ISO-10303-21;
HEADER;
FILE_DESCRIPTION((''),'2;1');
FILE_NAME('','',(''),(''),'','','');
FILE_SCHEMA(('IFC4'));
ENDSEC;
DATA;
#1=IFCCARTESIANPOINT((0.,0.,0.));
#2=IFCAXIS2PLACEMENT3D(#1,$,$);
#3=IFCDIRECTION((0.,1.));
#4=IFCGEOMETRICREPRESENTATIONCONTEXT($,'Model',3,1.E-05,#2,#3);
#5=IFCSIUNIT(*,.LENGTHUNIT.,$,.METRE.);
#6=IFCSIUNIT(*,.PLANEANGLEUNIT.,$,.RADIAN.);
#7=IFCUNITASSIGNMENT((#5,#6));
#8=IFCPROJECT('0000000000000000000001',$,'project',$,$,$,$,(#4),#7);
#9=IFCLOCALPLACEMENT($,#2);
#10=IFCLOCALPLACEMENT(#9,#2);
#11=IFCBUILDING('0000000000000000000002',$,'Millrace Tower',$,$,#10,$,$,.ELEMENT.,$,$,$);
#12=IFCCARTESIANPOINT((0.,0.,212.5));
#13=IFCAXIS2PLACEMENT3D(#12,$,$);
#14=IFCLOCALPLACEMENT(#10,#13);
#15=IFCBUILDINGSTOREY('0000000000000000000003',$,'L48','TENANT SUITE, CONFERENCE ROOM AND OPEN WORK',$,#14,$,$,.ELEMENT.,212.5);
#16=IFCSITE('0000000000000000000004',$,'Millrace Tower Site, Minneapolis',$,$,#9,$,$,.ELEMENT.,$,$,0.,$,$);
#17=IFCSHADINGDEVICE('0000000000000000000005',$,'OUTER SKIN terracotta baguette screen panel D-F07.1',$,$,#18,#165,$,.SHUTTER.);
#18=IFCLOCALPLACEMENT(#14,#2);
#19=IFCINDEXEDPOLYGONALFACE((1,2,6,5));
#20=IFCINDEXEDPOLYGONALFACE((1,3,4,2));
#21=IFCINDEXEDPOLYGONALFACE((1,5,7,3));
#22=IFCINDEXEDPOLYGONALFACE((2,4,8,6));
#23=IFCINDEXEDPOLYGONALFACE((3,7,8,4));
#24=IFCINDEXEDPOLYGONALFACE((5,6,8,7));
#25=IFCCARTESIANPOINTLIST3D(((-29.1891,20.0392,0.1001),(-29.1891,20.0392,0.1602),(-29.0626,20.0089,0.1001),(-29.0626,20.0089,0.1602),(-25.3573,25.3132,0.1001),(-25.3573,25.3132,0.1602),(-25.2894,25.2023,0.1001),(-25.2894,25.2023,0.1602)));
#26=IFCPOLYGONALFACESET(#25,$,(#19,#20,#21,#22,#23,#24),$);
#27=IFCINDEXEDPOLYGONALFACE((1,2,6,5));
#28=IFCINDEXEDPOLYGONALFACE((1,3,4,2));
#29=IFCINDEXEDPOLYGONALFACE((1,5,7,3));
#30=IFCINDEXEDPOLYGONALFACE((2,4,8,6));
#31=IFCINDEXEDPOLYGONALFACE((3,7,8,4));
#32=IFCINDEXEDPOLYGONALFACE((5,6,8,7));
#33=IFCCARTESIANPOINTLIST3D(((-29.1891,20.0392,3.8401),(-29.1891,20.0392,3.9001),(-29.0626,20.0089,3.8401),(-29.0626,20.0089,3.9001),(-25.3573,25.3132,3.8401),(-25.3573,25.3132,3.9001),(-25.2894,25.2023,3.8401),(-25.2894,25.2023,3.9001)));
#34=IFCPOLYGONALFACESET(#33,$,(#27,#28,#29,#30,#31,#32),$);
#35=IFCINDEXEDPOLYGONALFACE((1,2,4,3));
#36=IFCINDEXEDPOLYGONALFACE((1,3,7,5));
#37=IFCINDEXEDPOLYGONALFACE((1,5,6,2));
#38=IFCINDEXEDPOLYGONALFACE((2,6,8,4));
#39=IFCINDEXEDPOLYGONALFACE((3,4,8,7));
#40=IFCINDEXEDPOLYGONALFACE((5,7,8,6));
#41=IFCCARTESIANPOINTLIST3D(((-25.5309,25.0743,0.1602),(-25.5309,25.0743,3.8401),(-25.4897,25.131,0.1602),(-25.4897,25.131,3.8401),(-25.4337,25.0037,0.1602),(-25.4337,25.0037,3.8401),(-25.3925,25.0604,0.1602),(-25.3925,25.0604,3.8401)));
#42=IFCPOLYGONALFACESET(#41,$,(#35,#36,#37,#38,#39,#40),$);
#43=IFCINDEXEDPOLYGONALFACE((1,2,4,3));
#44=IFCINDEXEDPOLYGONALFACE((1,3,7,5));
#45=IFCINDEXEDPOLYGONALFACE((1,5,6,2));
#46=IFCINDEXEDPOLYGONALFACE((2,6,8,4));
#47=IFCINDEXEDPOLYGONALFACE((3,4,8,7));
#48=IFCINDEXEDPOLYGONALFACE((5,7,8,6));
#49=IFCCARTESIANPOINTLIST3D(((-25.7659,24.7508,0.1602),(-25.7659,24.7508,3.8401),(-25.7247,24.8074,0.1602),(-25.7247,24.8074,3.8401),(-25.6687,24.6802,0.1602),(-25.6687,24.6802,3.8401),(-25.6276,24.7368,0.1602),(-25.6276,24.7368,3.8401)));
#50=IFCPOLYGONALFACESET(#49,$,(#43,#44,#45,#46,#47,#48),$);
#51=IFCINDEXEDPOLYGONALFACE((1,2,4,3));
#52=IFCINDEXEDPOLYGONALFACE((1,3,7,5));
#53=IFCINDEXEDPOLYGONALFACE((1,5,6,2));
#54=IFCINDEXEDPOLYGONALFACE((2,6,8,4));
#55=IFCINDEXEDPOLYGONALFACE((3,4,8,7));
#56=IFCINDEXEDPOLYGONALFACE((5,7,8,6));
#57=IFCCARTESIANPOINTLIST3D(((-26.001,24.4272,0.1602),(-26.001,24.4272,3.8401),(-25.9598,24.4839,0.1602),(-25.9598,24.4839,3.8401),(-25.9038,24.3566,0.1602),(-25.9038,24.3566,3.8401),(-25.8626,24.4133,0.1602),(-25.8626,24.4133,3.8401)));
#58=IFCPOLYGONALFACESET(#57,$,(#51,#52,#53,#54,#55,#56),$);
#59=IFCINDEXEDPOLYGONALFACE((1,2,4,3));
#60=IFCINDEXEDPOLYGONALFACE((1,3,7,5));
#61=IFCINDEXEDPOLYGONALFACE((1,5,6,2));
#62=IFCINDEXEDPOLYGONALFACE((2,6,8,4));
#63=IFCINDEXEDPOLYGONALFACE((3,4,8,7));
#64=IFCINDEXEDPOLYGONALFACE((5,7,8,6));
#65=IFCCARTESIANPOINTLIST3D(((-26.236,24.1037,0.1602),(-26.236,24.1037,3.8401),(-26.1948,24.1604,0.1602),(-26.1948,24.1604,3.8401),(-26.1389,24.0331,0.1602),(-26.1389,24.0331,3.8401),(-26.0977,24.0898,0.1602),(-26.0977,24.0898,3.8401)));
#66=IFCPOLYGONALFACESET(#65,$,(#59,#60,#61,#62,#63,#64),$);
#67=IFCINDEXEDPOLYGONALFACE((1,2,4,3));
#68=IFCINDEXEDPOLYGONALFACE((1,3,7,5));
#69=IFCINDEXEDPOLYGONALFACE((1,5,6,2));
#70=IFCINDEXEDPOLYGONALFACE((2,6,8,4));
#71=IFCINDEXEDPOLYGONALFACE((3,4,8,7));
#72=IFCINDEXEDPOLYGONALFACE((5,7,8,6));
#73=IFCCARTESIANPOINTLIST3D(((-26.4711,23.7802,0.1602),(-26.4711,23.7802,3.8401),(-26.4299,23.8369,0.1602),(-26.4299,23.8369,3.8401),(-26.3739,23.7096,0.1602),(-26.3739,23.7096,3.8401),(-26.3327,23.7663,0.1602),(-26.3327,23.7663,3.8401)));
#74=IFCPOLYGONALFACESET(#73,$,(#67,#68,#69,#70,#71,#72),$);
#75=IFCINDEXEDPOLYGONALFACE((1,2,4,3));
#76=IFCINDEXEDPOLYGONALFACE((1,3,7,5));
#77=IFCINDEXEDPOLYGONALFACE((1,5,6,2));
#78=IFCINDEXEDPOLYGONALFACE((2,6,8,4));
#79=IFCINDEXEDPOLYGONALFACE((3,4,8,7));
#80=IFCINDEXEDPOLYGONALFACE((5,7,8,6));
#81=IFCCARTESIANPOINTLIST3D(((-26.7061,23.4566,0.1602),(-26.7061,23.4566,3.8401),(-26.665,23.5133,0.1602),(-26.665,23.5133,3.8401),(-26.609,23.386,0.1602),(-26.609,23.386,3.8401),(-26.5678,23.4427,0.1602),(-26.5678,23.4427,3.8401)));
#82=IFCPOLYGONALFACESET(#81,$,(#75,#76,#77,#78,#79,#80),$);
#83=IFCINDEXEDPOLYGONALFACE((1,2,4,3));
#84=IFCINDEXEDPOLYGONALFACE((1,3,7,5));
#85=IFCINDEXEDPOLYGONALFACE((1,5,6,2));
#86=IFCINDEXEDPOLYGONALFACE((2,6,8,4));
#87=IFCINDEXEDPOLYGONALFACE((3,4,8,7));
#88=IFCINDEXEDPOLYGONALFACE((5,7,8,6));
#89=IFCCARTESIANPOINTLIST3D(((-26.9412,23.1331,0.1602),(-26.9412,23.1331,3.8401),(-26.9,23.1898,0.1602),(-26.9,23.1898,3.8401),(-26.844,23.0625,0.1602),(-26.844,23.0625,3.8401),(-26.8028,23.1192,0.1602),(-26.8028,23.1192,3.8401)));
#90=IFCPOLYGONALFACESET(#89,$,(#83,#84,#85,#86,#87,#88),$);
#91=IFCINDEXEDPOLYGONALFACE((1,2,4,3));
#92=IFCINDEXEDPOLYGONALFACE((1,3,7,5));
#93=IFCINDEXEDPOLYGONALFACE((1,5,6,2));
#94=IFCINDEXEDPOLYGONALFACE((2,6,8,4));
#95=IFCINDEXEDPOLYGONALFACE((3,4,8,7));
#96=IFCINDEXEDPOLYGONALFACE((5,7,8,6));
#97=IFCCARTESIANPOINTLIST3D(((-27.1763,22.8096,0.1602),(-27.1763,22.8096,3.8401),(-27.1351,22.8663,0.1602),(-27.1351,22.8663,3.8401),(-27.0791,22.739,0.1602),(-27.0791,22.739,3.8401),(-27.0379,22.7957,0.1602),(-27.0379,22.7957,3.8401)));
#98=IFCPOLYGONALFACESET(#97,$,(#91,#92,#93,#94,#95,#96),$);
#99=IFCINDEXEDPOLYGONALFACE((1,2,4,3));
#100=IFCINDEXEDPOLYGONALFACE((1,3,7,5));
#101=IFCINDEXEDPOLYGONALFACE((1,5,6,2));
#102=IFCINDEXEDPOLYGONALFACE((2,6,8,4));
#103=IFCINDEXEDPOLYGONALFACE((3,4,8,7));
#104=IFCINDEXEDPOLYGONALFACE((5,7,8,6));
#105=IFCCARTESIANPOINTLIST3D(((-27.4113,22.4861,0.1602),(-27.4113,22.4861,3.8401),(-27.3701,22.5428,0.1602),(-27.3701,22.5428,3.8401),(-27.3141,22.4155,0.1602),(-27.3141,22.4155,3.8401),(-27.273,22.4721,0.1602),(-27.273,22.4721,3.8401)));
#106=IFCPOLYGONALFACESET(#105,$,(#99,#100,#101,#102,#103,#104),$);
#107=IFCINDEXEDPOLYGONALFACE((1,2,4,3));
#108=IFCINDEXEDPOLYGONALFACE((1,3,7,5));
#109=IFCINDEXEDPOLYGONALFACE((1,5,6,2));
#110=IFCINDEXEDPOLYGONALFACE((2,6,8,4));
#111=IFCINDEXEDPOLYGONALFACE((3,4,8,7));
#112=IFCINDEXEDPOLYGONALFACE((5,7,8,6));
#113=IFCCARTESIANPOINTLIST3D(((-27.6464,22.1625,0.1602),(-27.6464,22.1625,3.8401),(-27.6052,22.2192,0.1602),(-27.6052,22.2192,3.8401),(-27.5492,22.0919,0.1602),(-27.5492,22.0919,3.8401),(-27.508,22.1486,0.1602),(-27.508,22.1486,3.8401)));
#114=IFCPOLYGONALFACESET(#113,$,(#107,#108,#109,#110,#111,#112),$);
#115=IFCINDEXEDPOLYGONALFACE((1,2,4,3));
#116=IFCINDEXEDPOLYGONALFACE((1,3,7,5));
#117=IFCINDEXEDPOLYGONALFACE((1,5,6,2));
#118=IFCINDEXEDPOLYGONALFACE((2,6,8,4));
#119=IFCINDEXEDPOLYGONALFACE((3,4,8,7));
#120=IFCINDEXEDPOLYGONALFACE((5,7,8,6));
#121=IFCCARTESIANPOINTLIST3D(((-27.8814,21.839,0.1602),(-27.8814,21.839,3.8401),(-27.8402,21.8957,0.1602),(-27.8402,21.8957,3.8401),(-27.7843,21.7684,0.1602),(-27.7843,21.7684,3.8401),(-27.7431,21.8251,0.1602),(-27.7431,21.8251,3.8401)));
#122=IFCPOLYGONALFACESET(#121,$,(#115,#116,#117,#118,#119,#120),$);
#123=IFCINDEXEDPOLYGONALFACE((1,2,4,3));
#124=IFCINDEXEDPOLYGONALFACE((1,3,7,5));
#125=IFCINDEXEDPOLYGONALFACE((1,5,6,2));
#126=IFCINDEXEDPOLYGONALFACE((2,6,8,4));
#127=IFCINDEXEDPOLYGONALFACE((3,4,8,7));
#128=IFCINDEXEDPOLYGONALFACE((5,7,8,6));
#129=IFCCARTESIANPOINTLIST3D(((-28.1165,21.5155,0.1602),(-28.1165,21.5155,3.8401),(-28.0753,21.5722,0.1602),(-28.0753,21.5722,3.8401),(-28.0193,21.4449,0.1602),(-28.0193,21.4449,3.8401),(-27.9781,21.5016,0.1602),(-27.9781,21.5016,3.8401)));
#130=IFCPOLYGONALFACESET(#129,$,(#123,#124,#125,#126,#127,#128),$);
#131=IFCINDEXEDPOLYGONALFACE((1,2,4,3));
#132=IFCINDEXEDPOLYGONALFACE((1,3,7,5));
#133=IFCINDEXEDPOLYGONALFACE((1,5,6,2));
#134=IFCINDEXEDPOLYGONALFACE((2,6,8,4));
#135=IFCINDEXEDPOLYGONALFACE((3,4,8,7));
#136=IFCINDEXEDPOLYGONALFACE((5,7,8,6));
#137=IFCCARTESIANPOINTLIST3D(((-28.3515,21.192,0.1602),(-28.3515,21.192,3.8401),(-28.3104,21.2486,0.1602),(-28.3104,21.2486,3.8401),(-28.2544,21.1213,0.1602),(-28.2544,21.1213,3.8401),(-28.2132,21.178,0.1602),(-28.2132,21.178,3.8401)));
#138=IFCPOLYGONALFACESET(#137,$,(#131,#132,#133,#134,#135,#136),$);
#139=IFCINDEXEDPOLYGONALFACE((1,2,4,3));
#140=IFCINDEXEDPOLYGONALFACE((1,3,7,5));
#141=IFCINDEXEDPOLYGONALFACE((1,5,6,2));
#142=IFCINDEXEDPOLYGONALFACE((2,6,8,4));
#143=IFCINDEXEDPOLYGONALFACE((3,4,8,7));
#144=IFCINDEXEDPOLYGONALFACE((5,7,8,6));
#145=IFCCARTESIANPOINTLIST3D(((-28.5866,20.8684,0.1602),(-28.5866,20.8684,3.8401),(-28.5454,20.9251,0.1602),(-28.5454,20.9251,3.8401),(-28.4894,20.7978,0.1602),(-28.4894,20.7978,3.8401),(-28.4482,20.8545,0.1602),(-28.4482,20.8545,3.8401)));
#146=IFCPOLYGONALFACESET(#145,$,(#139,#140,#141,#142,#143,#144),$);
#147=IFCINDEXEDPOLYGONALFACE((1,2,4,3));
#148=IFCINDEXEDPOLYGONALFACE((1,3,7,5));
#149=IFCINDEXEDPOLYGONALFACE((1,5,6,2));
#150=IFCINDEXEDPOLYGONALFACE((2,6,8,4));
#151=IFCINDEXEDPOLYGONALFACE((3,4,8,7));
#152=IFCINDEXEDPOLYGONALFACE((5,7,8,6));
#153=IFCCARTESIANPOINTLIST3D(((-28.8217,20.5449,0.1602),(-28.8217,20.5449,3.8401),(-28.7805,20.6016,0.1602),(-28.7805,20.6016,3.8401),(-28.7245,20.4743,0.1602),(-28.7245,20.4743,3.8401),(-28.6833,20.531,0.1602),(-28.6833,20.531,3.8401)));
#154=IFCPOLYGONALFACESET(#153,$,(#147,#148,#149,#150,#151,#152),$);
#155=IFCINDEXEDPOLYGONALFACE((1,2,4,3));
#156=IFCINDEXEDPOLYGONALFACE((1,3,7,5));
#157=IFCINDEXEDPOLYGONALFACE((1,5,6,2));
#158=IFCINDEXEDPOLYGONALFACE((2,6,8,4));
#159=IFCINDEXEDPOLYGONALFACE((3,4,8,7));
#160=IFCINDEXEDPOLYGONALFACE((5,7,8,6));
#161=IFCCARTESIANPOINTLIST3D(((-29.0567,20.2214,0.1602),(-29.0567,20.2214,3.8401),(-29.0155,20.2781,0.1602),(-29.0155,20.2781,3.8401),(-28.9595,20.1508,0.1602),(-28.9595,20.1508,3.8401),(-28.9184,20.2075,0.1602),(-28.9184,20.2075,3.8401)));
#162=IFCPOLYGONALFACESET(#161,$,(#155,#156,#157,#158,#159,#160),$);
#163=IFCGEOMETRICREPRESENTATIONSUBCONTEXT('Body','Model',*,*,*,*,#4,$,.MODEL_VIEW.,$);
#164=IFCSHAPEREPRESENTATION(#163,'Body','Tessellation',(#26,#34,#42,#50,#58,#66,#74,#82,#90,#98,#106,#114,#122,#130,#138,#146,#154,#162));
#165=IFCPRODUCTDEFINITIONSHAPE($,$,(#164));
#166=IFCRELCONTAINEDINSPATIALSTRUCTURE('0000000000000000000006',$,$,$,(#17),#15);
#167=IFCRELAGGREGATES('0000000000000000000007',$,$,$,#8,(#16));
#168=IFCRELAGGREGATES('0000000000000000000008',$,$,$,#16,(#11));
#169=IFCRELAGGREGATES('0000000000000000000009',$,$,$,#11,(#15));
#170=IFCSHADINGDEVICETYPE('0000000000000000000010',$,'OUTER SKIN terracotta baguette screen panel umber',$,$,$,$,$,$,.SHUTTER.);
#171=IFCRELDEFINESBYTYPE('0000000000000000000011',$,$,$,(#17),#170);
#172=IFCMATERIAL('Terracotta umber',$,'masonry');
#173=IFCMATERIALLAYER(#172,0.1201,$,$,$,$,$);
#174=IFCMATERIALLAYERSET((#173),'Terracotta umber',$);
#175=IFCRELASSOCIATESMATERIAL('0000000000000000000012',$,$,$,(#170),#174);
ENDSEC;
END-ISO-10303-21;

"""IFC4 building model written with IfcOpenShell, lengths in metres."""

from ifc_helpers import new_model, entity, si_unit, direction, frame, frame_2d, origin, place, context, subcontext, project, spatial, rectangle, extrude, source, transform, mapped, material, layer, layer_set, type_object, element, save


model = new_model("IFC4")

# Units and contexts
model_context = context("Model", 3, precision=1e-05, world=origin(), true_north=direction((0.0, 1.0)))
body_context = subcontext(model_context, "Body", "Model", "MODEL_VIEW")
ifc_project = project(units=[si_unit("LENGTHUNIT", "METRE"), si_unit("PLANEANGLEUNIT", "RADIAN")], contexts=[model_context])

# Site, building, storey
site_placement = place(None, origin())
site = spatial("IfcSite", under=ifc_project, at=site_placement, Name="Millrace Tower Site, Minneapolis", CompositionType="ELEMENT", RefElevation=0.0)
building_placement = place(site_placement, origin())
building = spatial("IfcBuilding", under=site, at=building_placement, Name="Millrace Tower", CompositionType="ELEMENT")
storey_placement = place(building_placement, frame((0.0, 0.0, 212.5)))
storey = spatial("IfcBuildingStorey", under=building, at=storey_placement, Name="L48", Description="TENANT SUITE, CONFERENCE ROOM AND OPEN WORK", CompositionType="ELEMENT", Elevation=212.5)

# Shading device
ifc_material_1 = material(Name="Terracotta umber", Category="masonry")
ifc_layer_1 = layer(ifc_material_1, 0.1201)
ifc_layer_set_1 = layer_set([ifc_layer_1], Name="Terracotta umber")
shading_device_type = type_object("IfcShadingDeviceType", Name="OUTER SKIN terracotta baguette screen panel umber", PredefinedType="SHUTTER", material=ifc_layer_set_1)
cartesian_point_1 = entity("IfcCartesianPoint", [-3.2097, 0.0601])
shared_polyline_1 = entity("IfcPolyline", [cartesian_point_1, entity("IfcCartesianPoint", [3.2097, 0.0601]), entity("IfcCartesianPoint", [3.2595, -0.0601]), entity("IfcCartesianPoint", [-3.2595, -0.0601]), cartesian_point_1])
shared_shape_1 = source(origin(), body_context, "Body", "SweptSolid", [
    entity("IfcExtrudedAreaSolid", entity("IfcArbitraryClosedProfileDef", "AREA", None, shared_polyline_1), entity("IfcAxis2Placement3D", entity("IfcCartesianPoint", [0.0, 0.0, 0.0])), entity("IfcDirection", [0.0, 0.0, 1.0]), 0.0601),
    entity("IfcExtrudedAreaSolid", entity("IfcArbitraryClosedProfileDef", "AREA", None, shared_polyline_1), entity("IfcAxis2Placement3D", entity("IfcCartesianPoint", [0.0, 0.0, 3.74])), entity("IfcDirection", [0.0, 0.0, 1.0]), 0.0601),
    extrude(rectangle(XDim=0.0701, YDim=0.1201, at=frame_2d((-2.9993, 0.0))), frame((0.0, 0.0, 0.0601)), (0.0, 0.0, 1.0), 3.6799),
    extrude(rectangle(XDim=0.0701, YDim=0.1201, at=frame_2d((-2.5994, 0.0))), frame((0.0, 0.0, 0.0601)), (0.0, 0.0, 1.0), 3.6799),
    extrude(rectangle(XDim=0.0701, YDim=0.1201, at=frame_2d((-2.1995, 0.0))), frame((0.0, 0.0, 0.0601)), (0.0, 0.0, 1.0), 3.6799),
    extrude(rectangle(XDim=0.0701, YDim=0.1201, at=frame_2d((-1.7996, 0.0))), frame((0.0, 0.0, 0.0601)), (0.0, 0.0, 1.0), 3.6799),
    extrude(rectangle(XDim=0.0701, YDim=0.1201, at=frame_2d((-1.3997, 0.0))), frame((0.0, 0.0, 0.0601)), (0.0, 0.0, 1.0), 3.6799),
    extrude(rectangle(XDim=0.0701, YDim=0.1201, at=frame_2d((-0.9998, 0.0))), frame((0.0, 0.0, 0.0601)), (0.0, 0.0, 1.0), 3.6799),
    extrude(rectangle(XDim=0.0701, YDim=0.1201, at=frame_2d((-0.5999, 0.0))), frame((0.0, 0.0, 0.0601)), (0.0, 0.0, 1.0), 3.6799),
    extrude(rectangle(XDim=0.0701, YDim=0.1201, at=frame_2d((-0.2, 0.0))), frame((0.0, 0.0, 0.0601)), (0.0, 0.0, 1.0), 3.6799),
    extrude(rectangle(XDim=0.0701, YDim=0.1201, at=frame_2d((0.2, 0.0))), frame((0.0, 0.0, 0.0601)), (0.0, 0.0, 1.0), 3.6799),
    extrude(rectangle(XDim=0.0701, YDim=0.1201, at=frame_2d((0.5999, 0.0))), frame((0.0, 0.0, 0.0601)), (0.0, 0.0, 1.0), 3.6799),
    extrude(rectangle(XDim=0.0701, YDim=0.1201, at=frame_2d((0.9998, 0.0))), frame((0.0, 0.0, 0.0601)), (0.0, 0.0, 1.0), 3.6799),
    extrude(rectangle(XDim=0.0701, YDim=0.1201, at=frame_2d((1.3997, 0.0))), frame((0.0, 0.0, 0.0601)), (0.0, 0.0, 1.0), 3.6799),
    extrude(rectangle(XDim=0.0701, YDim=0.1201, at=frame_2d((1.7996, 0.0))), frame((0.0, 0.0, 0.0601)), (0.0, 0.0, 1.0), 3.6799),
    extrude(rectangle(XDim=0.0701, YDim=0.1201, at=frame_2d((2.1995, 0.0))), frame((0.0, 0.0, 0.0601)), (0.0, 0.0, 1.0), 3.6799),
    extrude(rectangle(XDim=0.0701, YDim=0.1201, at=frame_2d((2.5994, 0.0))), frame((0.0, 0.0, 0.0601)), (0.0, 0.0, 1.0), 3.6799),
    extrude(rectangle(XDim=0.0701, YDim=0.1201, at=frame_2d((2.9993, 0.0))), frame((0.0, 0.0, 0.0601)), (0.0, 0.0, 1.0), 3.6799),
])
shading_device_1_placement = place(storey_placement, frame((-27.2246, 22.6409, 0.1001), z_axis=(0.0, 0.0, 1.0), x_axis=(-0.587785, -0.809017, 0.0)))
element("IfcShadingDevice", 1, at=shading_device_1_placement, inside=storey, type_object=shading_device_type, Name="OUTER SKIN terracotta baguette screen panel D-F07.1", PredefinedType="SHUTTER", context=body_context, shape_type="MappedRepresentation", body=[
    mapped(shared_shape_1, transform((0.0, 0.0, 0.0), scale=1.0)),
])

save(model, "model.ifc")
